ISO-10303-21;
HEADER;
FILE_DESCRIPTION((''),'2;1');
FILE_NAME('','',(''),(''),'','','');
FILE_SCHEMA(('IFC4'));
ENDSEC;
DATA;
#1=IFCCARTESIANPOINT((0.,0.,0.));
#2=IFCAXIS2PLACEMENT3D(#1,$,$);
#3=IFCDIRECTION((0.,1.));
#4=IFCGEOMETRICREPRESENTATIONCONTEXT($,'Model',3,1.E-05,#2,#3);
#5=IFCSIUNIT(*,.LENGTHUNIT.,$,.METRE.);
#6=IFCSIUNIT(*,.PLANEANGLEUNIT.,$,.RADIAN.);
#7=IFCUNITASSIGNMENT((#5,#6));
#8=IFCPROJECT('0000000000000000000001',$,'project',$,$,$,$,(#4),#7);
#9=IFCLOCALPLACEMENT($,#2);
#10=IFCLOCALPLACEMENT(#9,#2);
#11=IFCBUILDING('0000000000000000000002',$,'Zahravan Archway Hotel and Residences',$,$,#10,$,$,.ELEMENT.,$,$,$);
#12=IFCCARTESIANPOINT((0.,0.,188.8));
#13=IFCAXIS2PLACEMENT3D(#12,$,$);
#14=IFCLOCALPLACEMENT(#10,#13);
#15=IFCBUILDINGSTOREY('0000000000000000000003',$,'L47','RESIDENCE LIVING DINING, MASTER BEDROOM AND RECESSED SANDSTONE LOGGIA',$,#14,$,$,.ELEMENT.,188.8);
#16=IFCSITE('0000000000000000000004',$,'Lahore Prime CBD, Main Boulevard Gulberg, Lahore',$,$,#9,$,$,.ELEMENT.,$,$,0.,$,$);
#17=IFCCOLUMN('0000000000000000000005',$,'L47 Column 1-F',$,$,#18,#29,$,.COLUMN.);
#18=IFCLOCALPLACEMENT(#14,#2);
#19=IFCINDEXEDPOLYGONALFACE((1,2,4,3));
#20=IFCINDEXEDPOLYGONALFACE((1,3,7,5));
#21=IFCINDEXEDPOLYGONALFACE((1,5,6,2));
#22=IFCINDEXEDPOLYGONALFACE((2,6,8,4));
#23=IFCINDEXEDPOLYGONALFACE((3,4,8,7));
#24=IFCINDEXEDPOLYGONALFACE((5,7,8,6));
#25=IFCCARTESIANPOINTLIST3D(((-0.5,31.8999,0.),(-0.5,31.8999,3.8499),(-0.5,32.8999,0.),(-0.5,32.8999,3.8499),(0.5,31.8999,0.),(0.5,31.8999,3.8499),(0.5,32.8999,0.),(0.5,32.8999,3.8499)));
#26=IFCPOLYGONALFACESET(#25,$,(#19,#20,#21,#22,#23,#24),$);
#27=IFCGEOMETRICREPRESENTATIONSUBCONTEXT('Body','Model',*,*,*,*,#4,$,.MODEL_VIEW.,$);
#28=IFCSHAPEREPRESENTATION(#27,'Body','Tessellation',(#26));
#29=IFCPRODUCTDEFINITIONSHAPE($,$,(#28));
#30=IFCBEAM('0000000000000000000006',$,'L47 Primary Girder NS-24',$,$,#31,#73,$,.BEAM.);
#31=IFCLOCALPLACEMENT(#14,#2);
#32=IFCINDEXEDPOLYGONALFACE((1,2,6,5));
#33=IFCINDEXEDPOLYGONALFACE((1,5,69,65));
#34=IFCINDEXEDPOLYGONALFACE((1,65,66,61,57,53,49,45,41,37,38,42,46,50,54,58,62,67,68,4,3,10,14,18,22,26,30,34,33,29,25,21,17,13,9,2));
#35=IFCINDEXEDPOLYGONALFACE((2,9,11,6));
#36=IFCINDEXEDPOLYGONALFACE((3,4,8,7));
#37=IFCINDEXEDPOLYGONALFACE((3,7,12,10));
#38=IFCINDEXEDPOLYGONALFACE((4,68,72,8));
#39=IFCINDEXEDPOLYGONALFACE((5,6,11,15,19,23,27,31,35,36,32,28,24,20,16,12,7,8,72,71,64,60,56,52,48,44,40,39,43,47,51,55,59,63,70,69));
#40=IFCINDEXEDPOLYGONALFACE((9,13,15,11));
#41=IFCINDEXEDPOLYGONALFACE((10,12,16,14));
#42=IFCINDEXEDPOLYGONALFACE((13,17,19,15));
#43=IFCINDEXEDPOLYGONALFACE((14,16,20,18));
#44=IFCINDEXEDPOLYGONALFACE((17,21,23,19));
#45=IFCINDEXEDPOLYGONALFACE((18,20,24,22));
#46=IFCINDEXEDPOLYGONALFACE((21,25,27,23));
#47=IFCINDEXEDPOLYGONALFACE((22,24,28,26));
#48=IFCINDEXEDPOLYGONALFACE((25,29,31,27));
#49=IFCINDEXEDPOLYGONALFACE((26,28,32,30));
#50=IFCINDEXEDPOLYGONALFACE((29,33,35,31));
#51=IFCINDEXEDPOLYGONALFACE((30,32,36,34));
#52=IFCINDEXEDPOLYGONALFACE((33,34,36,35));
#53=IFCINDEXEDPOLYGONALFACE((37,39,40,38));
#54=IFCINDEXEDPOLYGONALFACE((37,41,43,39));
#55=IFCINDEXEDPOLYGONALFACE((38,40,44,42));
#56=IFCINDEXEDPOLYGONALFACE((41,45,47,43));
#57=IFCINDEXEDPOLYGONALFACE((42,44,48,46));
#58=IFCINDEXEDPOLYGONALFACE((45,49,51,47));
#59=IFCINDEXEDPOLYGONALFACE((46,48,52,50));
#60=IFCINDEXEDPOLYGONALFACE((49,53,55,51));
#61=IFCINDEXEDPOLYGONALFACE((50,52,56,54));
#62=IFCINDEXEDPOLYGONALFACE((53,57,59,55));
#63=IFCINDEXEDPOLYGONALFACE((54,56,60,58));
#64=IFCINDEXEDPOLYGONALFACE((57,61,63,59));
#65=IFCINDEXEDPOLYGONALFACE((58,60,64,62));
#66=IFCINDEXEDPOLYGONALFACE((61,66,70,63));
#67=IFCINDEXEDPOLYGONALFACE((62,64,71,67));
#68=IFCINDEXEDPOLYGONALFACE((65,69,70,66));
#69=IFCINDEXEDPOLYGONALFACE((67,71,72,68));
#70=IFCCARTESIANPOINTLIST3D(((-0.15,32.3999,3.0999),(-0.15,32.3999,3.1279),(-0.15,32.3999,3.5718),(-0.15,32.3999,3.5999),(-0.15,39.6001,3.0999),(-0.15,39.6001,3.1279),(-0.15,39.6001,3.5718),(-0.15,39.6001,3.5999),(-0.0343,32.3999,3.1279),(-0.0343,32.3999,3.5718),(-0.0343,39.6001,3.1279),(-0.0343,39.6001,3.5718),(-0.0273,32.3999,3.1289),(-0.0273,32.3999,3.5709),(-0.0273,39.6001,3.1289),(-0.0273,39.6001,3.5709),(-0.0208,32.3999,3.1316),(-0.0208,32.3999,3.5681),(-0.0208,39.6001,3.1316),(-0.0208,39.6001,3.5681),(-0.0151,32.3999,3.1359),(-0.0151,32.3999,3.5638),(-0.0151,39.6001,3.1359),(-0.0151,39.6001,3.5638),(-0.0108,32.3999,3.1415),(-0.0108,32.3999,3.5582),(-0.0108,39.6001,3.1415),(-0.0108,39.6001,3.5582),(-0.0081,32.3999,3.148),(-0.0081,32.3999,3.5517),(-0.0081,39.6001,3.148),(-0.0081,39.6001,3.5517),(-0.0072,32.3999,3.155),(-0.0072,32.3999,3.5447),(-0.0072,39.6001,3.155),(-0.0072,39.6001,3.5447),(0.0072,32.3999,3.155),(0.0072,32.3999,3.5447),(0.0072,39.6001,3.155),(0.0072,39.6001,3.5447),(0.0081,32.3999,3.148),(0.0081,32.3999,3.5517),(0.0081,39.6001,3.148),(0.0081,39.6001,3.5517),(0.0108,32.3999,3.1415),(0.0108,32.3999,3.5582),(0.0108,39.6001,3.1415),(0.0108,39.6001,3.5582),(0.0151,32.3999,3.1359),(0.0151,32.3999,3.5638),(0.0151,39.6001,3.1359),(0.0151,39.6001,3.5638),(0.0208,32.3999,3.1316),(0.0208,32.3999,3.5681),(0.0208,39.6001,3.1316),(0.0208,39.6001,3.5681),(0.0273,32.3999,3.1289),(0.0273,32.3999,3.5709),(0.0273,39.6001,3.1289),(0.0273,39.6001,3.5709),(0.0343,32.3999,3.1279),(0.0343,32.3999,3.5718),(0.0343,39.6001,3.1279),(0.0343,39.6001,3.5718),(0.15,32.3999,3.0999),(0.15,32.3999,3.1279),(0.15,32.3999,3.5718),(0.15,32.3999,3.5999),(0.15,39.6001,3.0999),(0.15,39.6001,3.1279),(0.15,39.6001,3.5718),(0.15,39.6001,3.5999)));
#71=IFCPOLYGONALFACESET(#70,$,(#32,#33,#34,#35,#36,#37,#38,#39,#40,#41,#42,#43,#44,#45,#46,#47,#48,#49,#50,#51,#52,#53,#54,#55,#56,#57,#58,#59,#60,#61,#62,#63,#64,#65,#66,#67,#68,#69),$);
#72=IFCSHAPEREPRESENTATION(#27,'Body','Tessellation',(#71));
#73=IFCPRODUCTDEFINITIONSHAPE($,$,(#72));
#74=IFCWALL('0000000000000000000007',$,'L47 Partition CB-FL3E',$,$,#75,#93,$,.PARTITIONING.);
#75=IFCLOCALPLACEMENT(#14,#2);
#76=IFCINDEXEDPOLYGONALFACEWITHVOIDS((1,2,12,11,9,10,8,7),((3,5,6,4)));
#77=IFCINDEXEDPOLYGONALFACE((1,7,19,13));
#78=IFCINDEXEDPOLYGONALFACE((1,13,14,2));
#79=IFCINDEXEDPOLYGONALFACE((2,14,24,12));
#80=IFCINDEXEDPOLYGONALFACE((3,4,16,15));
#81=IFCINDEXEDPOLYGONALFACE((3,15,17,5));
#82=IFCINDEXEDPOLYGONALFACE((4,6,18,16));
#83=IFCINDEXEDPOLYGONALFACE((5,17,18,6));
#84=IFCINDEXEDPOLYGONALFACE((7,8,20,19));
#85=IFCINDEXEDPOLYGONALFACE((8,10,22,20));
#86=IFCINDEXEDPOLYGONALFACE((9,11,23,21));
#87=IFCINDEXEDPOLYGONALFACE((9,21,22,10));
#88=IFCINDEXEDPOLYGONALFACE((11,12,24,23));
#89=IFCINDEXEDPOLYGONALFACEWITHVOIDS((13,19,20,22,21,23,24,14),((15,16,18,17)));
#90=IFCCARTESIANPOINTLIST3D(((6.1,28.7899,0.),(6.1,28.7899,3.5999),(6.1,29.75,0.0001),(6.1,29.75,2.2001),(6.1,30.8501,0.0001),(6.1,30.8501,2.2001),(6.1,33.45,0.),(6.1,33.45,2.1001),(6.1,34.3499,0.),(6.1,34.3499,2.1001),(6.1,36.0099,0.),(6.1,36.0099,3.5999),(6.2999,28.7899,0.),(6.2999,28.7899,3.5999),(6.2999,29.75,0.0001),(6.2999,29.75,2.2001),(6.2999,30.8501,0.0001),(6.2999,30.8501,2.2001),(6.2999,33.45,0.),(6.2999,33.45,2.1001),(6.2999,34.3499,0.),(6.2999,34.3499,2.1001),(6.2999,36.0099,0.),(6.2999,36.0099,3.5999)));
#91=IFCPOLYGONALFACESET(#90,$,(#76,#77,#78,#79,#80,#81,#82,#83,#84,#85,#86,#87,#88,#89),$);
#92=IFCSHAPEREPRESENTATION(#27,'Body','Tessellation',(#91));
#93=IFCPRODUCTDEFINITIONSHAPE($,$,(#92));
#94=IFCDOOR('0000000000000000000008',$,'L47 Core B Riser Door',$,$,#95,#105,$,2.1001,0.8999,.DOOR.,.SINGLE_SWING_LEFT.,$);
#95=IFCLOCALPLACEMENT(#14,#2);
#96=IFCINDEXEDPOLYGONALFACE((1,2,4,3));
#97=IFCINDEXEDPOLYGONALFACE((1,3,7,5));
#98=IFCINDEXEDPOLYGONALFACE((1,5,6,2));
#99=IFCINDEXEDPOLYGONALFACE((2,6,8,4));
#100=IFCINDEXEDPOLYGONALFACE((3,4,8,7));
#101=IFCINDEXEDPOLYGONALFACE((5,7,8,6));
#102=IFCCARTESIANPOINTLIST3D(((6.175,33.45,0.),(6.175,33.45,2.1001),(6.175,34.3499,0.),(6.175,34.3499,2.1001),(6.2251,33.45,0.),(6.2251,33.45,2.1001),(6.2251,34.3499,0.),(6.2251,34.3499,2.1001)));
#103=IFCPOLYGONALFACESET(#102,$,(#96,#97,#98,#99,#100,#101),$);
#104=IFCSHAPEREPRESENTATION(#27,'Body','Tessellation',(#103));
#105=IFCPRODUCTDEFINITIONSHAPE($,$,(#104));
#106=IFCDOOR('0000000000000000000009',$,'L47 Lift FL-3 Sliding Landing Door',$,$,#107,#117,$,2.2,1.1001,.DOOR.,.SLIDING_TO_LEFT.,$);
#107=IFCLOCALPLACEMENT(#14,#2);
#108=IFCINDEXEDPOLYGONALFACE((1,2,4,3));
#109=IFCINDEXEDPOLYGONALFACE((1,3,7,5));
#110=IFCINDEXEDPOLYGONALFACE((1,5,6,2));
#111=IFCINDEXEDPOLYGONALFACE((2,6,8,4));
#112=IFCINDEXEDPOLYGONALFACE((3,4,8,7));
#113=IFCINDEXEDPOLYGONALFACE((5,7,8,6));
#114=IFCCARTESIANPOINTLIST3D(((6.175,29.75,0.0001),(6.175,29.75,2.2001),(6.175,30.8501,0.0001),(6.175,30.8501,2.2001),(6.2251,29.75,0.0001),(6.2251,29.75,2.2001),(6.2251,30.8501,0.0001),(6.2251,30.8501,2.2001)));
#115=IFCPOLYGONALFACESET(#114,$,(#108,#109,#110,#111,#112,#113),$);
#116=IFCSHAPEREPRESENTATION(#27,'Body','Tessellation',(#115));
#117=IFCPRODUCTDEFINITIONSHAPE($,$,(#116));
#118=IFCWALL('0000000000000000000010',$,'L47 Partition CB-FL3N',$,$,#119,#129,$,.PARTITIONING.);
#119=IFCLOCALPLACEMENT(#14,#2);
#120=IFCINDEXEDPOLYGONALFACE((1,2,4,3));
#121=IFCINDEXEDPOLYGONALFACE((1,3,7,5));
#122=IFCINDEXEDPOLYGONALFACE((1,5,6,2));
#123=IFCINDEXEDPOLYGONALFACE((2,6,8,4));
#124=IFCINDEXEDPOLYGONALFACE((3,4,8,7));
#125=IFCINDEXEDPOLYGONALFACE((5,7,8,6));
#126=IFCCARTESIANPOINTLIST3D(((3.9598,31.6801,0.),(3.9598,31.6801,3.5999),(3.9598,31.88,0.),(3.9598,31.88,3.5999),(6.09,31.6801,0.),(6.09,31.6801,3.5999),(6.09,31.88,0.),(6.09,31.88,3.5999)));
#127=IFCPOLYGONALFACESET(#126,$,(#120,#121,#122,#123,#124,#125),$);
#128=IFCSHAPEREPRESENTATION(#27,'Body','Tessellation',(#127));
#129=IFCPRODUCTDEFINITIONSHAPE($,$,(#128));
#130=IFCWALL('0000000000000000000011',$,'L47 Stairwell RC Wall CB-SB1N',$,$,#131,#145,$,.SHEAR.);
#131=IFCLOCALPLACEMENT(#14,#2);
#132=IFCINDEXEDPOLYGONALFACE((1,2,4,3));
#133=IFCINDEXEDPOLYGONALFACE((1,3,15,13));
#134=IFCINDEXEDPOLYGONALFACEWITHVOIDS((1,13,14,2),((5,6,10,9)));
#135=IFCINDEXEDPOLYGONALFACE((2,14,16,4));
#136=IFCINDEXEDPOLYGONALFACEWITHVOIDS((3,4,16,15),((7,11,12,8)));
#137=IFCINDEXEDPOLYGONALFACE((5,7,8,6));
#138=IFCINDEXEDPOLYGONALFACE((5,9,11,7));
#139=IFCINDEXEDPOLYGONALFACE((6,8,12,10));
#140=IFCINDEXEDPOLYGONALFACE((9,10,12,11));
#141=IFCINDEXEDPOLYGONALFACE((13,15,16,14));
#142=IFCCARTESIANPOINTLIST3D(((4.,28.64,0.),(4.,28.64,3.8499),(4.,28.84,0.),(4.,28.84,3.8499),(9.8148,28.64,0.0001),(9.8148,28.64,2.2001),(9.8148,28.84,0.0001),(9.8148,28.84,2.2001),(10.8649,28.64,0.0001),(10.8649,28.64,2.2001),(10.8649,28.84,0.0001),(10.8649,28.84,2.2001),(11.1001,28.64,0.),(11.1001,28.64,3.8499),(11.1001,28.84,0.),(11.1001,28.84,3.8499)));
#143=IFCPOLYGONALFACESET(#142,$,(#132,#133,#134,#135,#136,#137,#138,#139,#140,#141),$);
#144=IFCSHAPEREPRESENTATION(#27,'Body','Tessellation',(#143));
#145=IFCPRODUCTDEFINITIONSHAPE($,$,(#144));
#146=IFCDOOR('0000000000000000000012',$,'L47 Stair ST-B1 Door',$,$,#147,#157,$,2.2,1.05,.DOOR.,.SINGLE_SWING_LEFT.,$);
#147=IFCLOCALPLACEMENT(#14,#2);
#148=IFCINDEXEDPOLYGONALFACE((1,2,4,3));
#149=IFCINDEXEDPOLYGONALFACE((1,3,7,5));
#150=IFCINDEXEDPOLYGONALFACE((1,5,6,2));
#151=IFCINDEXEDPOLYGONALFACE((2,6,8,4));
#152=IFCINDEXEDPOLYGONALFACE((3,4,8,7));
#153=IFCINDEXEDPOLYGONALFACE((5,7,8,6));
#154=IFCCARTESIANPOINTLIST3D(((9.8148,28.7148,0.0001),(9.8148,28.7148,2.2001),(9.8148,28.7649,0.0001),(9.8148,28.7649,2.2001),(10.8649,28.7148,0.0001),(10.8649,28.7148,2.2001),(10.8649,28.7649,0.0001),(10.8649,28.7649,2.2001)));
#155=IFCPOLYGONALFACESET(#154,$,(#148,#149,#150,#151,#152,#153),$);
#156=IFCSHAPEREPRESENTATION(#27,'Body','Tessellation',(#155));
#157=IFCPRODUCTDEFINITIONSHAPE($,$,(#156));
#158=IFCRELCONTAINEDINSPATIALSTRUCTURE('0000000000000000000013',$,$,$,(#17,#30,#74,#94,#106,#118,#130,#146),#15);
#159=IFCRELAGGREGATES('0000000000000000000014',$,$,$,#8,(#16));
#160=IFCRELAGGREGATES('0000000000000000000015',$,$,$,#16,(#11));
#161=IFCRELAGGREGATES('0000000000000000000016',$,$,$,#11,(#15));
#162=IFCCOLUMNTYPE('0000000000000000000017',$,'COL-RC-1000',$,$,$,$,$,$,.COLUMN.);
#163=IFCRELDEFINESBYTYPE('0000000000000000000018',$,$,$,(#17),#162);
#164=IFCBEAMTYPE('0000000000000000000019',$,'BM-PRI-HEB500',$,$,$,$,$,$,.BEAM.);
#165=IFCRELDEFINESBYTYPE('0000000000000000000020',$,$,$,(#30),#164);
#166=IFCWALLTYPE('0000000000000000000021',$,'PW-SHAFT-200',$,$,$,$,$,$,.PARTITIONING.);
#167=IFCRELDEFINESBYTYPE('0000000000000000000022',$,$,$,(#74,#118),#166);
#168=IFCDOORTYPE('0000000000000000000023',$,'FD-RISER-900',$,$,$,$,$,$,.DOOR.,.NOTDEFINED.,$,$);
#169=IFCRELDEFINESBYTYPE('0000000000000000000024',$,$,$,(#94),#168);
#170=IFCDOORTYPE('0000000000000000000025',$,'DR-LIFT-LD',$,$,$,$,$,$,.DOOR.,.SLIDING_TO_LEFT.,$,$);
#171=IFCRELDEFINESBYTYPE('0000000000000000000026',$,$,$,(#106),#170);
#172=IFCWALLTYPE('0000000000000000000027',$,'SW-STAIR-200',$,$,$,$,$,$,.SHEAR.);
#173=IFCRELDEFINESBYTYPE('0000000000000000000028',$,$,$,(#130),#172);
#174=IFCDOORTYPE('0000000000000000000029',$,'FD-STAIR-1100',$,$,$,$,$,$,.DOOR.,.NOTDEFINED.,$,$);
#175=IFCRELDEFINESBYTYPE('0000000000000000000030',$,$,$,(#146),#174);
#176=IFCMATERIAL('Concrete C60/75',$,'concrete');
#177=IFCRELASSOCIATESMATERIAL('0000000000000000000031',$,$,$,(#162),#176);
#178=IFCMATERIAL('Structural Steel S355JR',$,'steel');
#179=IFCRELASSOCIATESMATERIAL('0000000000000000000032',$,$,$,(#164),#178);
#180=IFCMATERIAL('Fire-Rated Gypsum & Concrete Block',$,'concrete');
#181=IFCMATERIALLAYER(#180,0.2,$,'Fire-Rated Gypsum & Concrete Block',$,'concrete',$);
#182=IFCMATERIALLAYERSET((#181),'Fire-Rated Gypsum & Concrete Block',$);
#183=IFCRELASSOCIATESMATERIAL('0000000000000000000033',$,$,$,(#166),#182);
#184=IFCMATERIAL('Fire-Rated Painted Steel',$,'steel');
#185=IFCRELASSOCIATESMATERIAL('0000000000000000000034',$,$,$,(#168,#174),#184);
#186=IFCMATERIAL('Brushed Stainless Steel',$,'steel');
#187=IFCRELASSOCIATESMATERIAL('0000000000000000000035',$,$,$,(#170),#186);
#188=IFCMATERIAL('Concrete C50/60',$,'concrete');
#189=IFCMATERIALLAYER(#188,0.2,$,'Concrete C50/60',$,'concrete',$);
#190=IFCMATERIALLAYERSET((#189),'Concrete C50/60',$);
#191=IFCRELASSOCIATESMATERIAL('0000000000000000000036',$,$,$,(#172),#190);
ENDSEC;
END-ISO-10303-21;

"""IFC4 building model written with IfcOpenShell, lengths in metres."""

from ifc_helpers import new_model, si_unit, direction, frame, frame_2d, origin, origin_2d, place, context, subcontext, project, spatial, rectangle, i_section, extrude, source, transform, mapped, material, layer, layer_set, material_profile, profile_set, type_object, type_shapes, element, fill, save


model = new_model("IFC4")

# Units and contexts
model_context = context("Model", 3, precision=1e-05, world=origin(), true_north=direction((0.0, 1.0)))
body_context = subcontext(model_context, "Body", "Model", "MODEL_VIEW")
ifc_project = project(units=[si_unit("LENGTHUNIT", "METRE"), si_unit("PLANEANGLEUNIT", "RADIAN")], contexts=[model_context])

# Site, building, storey
site_placement = place(None, origin())
site = spatial("IfcSite", under=ifc_project, at=site_placement, Name="Lahore Prime CBD, Main Boulevard Gulberg, Lahore", CompositionType="ELEMENT", RefElevation=0.0)
building_placement = place(site_placement, origin())
building = spatial("IfcBuilding", under=site, at=building_placement, Name="Zahravan Archway Hotel and Residences", CompositionType="ELEMENT")
storey_placement = place(building_placement, frame((0.0, 0.0, 188.8)))
storey = spatial("IfcBuildingStorey", under=building, at=storey_placement, Name="L47", Description="RESIDENCE LIVING DINING, MASTER BEDROOM AND RECESSED SANDSTONE LOGGIA", CompositionType="ELEMENT", Elevation=188.8)

# Column
ifc_material_1 = material(Name="Concrete C60/75", Category="concrete")
ifc_material_profile_1 = material_profile(ifc_material_1, rectangle(XDim=1.0, YDim=1.0, at=origin_2d()), Name="RC-COL-1000x1000", Category="concrete")
ifc_profile_set_1 = profile_set([ifc_material_profile_1], Name="Concrete C60/75")
column_type = type_object("IfcColumnType", Name="COL-RC-1000", PredefinedType="COLUMN", material=ifc_profile_set_1)
shared_shape_1 = source(origin(), body_context, "Body", "SweptSolid", [
    extrude(rectangle(XDim=1.0, YDim=1.0, at=origin_2d()), origin(), (0.0, 0.0, 1.0), 3.8499),
])
column_placement = place(storey_placement, frame((0.0, 32.3999, 0.0), z_axis=(0.0, 0.0, 1.0), x_axis=(1.0, 0.0, 0.0)))
element("IfcColumn", 1, at=column_placement, inside=storey, type_object=column_type, Name="L47 Column 1-F", PredefinedType="COLUMN", context=body_context, shape_type="MappedRepresentation", body=[
    mapped(shared_shape_1, transform((0.0, 0.0, 0.0), scale=1.0)),
])

# Beam
ifc_material_2 = material(Name="Structural Steel S355JR", Category="steel")
ifc_material_profile_2 = material_profile(ifc_material_2, i_section(OverallWidth=0.3, OverallDepth=0.5, WebThickness=0.0144, FlangeThickness=0.0281, FilletRadius=0.0271, at=origin_2d()), Name="HEB 500", Category="steel")
ifc_profile_set_2 = profile_set([ifc_material_profile_2], Name="Structural Steel S355JR")
beam_type = type_object("IfcBeamType", Name="BM-PRI-HEB500", PredefinedType="BEAM", material=ifc_profile_set_2)
shared_shape_2 = source(origin(), body_context, "Body", "SweptSolid", [
    extrude(i_section(OverallWidth=0.3, OverallDepth=0.5, WebThickness=0.0144, FlangeThickness=0.0281, FilletRadius=0.0271, at=origin_2d()), origin(), (0.0, 0.0, 1.0), 7.2002),
])
type_shapes(beam_type, [shared_shape_2])
beam_placement = place(storey_placement, frame((0.0, 32.3999, 3.3499), z_axis=(0.0, 1.0, 0.0), x_axis=(-1.0, 0.0, 0.0)))
element("IfcBeam", 2, at=beam_placement, inside=storey, type_object=beam_type, Name="L47 Primary Girder NS-24", PredefinedType="BEAM", context=body_context, shape_type="MappedRepresentation", body=[
    mapped(shared_shape_2, transform((0.0, 0.0, 0.0), scale=1.0)),
])

# Wall, openings, doors
ifc_material_3 = material(Name="Fire-Rated Gypsum & Concrete Block", Category="concrete")
ifc_layer_1 = layer(ifc_material_3, 0.2, Name="Fire-Rated Gypsum & Concrete Block", Category="concrete")
ifc_layer_set_1 = layer_set([ifc_layer_1], Name="Fire-Rated Gypsum & Concrete Block")
wall_type_1 = type_object("IfcWallType", Name="PW-SHAFT-200", PredefinedType="PARTITIONING", material=ifc_layer_set_1)
wall_1_placement = place(storey_placement, frame((6.2, 28.79, 0.0), z_axis=(0.0, 0.0, 1.0), x_axis=(0.0, 1.0, 0.0)))
wall_1 = element("IfcWall", 3, at=wall_1_placement, inside=storey, type_object=wall_type_1, Name="L47 Partition CB-FL3E", PredefinedType="PARTITIONING", context=body_context, shape_type="SweptSolid", body=[
    extrude(rectangle(XDim=7.22, YDim=0.2, at=frame_2d((3.6099, 0.0))), origin(), (0.0, 0.0, 1.0), 3.5999),
])
opening_1_placement = place(wall_1_placement, frame((4.6599, 0.0, 0.0)))
opening_1 = element("IfcOpeningElement", 4, at=opening_1_placement, cuts=wall_1, PredefinedType="OPENING", context=body_context, shape_type="SweptSolid", body=[
    extrude(rectangle(XDim=0.8999, YDim=2.1001, at=frame_2d((0.45, 1.05))), frame((0.0, 0.1099, 0.0), z_axis=(0.0, -1.0, 0.0), x_axis=(1.0, 0.0, 0.0)), (0.0, 0.0, 1.0), 0.22),
])
opening_2_placement = place(wall_1_placement, frame((0.96, 0.0, 0.0)))
opening_2 = element("IfcOpeningElement", 5, at=opening_2_placement, cuts=wall_1, PredefinedType="OPENING", context=body_context, shape_type="SweptSolid", body=[
    extrude(rectangle(XDim=1.1001, YDim=2.2, at=frame_2d((0.55, 1.1001))), frame((0.0, 0.1099, 0.0), z_axis=(0.0, -1.0, 0.0), x_axis=(1.0, 0.0, 0.0)), (0.0, 0.0, 1.0), 0.22),
])
ifc_material_4 = material(Name="Fire-Rated Painted Steel", Category="steel")
door_type_1 = type_object("IfcDoorType", Name="FD-RISER-900", OperationType="NOTDEFINED", PredefinedType="DOOR", material=ifc_material_4)
shared_shape_3 = source(origin(), body_context, "Body", "SweptSolid", [
    extrude(rectangle(XDim=0.8999, YDim=2.1001, at=frame_2d((0.45, 1.05))), frame((0.0, 0.0249, 0.0), z_axis=(0.0, -1.0, 0.0), x_axis=(1.0, 0.0, 0.0)), (0.0, 0.0, 1.0), 0.05),
])
type_shapes(door_type_1, [shared_shape_3])
door_1_placement = place(opening_1_placement, origin())
door_1 = element("IfcDoor", 6, at=door_1_placement, inside=storey, type_object=door_type_1, Name="L47 Core B Riser Door", OperationType="SINGLE_SWING_LEFT", OverallHeight=2.1001, OverallWidth=0.8999, PredefinedType="DOOR", context=body_context, shape_type="MappedRepresentation", body=[
    mapped(shared_shape_3, transform((0.0, 0.0, 0.0), scale=1.0)),
])
fill(opening_1, door_1)
ifc_material_5 = material(Name="Brushed Stainless Steel", Category="steel")
door_type_2 = type_object("IfcDoorType", Name="DR-LIFT-LD", OperationType="SLIDING_TO_LEFT", PredefinedType="DOOR", material=ifc_material_5)
shared_shape_4 = source(origin(), body_context, "Body", "SweptSolid", [
    extrude(rectangle(XDim=1.1001, YDim=2.2, at=frame_2d((0.55, 1.1001))), frame((0.0, 0.0249, 0.0), z_axis=(0.0, -1.0, 0.0), x_axis=(1.0, 0.0, 0.0)), (0.0, 0.0, 1.0), 0.05),
])
type_shapes(door_type_2, [shared_shape_4])
door_2_placement = place(opening_2_placement, origin())
door_2 = element("IfcDoor", 7, at=door_2_placement, inside=storey, type_object=door_type_2, Name="L47 Lift FL-3 Sliding Landing Door", OperationType="SLIDING_TO_LEFT", OverallHeight=2.2, OverallWidth=1.1001, PredefinedType="DOOR", context=body_context, shape_type="MappedRepresentation", body=[
    mapped(shared_shape_4, transform((0.0, 0.0, 0.0), scale=1.0)),
])
fill(opening_2, door_2)

# Wall
wall_2_placement = place(storey_placement, frame((3.96, 31.78, 0.0), z_axis=(0.0, 0.0, 1.0), x_axis=(1.0, 0.0, 0.0)))
element("IfcWall", 8, at=wall_2_placement, inside=storey, type_object=wall_type_1, Name="L47 Partition CB-FL3N", PredefinedType="PARTITIONING", context=body_context, shape_type="SweptSolid", body=[
    extrude(rectangle(XDim=2.1301, YDim=0.2, at=frame_2d((1.0649, 0.0))), origin(), (0.0, 0.0, 1.0), 3.5999),
])

# Wall, opening, door
ifc_material_6 = material(Name="Concrete C50/60", Category="concrete")
ifc_layer_2 = layer(ifc_material_6, 0.2, Name="Concrete C50/60", Category="concrete")
ifc_layer_set_2 = layer_set([ifc_layer_2], Name="Concrete C50/60")
wall_type_2 = type_object("IfcWallType", Name="SW-STAIR-200", PredefinedType="SHEAR", material=ifc_layer_set_2)
wall_3_placement = place(storey_placement, frame((4.0, 28.74, 0.0), z_axis=(0.0, 0.0, 1.0), x_axis=(1.0, 0.0, 0.0)))
wall_3 = element("IfcWall", 9, at=wall_3_placement, inside=storey, type_object=wall_type_2, Name="L47 Stairwell RC Wall CB-SB1N", PredefinedType="SHEAR", context=body_context, shape_type="SweptSolid", body=[
    extrude(rectangle(XDim=7.1001, YDim=0.2, at=frame_2d((3.55, 0.0))), origin(), (0.0, 0.0, 1.0), 3.8499),
])
opening_3_placement = place(wall_3_placement, frame((5.8149, 0.0, 0.0)))
opening_3 = element("IfcOpeningElement", 10, at=opening_3_placement, cuts=wall_3, PredefinedType="OPENING", context=body_context, shape_type="SweptSolid", body=[
    extrude(rectangle(XDim=1.05, YDim=2.2, at=frame_2d((0.5249, 1.1001))), frame((0.0, 0.1099, 0.0), z_axis=(0.0, -1.0, 0.0), x_axis=(1.0, 0.0, 0.0)), (0.0, 0.0, 1.0), 0.22),
])
door_type_3 = type_object("IfcDoorType", Name="FD-STAIR-1100", OperationType="NOTDEFINED", PredefinedType="DOOR", material=ifc_material_4)
shared_shape_5 = source(origin(), body_context, "Body", "SweptSolid", [
    extrude(rectangle(XDim=1.05, YDim=2.2, at=frame_2d((0.5249, 1.1001))), frame((0.0, 0.0249, 0.0), z_axis=(0.0, -1.0, 0.0), x_axis=(1.0, 0.0, 0.0)), (0.0, 0.0, 1.0), 0.05),
])
type_shapes(door_type_3, [shared_shape_5])
door_3_placement = place(opening_3_placement, origin())
door_3 = element("IfcDoor", 11, at=door_3_placement, inside=storey, type_object=door_type_3, Name="L47 Stair ST-B1 Door", OperationType="SINGLE_SWING_LEFT", OverallHeight=2.2, OverallWidth=1.05, PredefinedType="DOOR", context=body_context, shape_type="MappedRepresentation", body=[
    mapped(shared_shape_5, transform((0.0, 0.0, 0.0), scale=1.0)),
])
fill(opening_3, door_3)

save(model, "model.ifc")
